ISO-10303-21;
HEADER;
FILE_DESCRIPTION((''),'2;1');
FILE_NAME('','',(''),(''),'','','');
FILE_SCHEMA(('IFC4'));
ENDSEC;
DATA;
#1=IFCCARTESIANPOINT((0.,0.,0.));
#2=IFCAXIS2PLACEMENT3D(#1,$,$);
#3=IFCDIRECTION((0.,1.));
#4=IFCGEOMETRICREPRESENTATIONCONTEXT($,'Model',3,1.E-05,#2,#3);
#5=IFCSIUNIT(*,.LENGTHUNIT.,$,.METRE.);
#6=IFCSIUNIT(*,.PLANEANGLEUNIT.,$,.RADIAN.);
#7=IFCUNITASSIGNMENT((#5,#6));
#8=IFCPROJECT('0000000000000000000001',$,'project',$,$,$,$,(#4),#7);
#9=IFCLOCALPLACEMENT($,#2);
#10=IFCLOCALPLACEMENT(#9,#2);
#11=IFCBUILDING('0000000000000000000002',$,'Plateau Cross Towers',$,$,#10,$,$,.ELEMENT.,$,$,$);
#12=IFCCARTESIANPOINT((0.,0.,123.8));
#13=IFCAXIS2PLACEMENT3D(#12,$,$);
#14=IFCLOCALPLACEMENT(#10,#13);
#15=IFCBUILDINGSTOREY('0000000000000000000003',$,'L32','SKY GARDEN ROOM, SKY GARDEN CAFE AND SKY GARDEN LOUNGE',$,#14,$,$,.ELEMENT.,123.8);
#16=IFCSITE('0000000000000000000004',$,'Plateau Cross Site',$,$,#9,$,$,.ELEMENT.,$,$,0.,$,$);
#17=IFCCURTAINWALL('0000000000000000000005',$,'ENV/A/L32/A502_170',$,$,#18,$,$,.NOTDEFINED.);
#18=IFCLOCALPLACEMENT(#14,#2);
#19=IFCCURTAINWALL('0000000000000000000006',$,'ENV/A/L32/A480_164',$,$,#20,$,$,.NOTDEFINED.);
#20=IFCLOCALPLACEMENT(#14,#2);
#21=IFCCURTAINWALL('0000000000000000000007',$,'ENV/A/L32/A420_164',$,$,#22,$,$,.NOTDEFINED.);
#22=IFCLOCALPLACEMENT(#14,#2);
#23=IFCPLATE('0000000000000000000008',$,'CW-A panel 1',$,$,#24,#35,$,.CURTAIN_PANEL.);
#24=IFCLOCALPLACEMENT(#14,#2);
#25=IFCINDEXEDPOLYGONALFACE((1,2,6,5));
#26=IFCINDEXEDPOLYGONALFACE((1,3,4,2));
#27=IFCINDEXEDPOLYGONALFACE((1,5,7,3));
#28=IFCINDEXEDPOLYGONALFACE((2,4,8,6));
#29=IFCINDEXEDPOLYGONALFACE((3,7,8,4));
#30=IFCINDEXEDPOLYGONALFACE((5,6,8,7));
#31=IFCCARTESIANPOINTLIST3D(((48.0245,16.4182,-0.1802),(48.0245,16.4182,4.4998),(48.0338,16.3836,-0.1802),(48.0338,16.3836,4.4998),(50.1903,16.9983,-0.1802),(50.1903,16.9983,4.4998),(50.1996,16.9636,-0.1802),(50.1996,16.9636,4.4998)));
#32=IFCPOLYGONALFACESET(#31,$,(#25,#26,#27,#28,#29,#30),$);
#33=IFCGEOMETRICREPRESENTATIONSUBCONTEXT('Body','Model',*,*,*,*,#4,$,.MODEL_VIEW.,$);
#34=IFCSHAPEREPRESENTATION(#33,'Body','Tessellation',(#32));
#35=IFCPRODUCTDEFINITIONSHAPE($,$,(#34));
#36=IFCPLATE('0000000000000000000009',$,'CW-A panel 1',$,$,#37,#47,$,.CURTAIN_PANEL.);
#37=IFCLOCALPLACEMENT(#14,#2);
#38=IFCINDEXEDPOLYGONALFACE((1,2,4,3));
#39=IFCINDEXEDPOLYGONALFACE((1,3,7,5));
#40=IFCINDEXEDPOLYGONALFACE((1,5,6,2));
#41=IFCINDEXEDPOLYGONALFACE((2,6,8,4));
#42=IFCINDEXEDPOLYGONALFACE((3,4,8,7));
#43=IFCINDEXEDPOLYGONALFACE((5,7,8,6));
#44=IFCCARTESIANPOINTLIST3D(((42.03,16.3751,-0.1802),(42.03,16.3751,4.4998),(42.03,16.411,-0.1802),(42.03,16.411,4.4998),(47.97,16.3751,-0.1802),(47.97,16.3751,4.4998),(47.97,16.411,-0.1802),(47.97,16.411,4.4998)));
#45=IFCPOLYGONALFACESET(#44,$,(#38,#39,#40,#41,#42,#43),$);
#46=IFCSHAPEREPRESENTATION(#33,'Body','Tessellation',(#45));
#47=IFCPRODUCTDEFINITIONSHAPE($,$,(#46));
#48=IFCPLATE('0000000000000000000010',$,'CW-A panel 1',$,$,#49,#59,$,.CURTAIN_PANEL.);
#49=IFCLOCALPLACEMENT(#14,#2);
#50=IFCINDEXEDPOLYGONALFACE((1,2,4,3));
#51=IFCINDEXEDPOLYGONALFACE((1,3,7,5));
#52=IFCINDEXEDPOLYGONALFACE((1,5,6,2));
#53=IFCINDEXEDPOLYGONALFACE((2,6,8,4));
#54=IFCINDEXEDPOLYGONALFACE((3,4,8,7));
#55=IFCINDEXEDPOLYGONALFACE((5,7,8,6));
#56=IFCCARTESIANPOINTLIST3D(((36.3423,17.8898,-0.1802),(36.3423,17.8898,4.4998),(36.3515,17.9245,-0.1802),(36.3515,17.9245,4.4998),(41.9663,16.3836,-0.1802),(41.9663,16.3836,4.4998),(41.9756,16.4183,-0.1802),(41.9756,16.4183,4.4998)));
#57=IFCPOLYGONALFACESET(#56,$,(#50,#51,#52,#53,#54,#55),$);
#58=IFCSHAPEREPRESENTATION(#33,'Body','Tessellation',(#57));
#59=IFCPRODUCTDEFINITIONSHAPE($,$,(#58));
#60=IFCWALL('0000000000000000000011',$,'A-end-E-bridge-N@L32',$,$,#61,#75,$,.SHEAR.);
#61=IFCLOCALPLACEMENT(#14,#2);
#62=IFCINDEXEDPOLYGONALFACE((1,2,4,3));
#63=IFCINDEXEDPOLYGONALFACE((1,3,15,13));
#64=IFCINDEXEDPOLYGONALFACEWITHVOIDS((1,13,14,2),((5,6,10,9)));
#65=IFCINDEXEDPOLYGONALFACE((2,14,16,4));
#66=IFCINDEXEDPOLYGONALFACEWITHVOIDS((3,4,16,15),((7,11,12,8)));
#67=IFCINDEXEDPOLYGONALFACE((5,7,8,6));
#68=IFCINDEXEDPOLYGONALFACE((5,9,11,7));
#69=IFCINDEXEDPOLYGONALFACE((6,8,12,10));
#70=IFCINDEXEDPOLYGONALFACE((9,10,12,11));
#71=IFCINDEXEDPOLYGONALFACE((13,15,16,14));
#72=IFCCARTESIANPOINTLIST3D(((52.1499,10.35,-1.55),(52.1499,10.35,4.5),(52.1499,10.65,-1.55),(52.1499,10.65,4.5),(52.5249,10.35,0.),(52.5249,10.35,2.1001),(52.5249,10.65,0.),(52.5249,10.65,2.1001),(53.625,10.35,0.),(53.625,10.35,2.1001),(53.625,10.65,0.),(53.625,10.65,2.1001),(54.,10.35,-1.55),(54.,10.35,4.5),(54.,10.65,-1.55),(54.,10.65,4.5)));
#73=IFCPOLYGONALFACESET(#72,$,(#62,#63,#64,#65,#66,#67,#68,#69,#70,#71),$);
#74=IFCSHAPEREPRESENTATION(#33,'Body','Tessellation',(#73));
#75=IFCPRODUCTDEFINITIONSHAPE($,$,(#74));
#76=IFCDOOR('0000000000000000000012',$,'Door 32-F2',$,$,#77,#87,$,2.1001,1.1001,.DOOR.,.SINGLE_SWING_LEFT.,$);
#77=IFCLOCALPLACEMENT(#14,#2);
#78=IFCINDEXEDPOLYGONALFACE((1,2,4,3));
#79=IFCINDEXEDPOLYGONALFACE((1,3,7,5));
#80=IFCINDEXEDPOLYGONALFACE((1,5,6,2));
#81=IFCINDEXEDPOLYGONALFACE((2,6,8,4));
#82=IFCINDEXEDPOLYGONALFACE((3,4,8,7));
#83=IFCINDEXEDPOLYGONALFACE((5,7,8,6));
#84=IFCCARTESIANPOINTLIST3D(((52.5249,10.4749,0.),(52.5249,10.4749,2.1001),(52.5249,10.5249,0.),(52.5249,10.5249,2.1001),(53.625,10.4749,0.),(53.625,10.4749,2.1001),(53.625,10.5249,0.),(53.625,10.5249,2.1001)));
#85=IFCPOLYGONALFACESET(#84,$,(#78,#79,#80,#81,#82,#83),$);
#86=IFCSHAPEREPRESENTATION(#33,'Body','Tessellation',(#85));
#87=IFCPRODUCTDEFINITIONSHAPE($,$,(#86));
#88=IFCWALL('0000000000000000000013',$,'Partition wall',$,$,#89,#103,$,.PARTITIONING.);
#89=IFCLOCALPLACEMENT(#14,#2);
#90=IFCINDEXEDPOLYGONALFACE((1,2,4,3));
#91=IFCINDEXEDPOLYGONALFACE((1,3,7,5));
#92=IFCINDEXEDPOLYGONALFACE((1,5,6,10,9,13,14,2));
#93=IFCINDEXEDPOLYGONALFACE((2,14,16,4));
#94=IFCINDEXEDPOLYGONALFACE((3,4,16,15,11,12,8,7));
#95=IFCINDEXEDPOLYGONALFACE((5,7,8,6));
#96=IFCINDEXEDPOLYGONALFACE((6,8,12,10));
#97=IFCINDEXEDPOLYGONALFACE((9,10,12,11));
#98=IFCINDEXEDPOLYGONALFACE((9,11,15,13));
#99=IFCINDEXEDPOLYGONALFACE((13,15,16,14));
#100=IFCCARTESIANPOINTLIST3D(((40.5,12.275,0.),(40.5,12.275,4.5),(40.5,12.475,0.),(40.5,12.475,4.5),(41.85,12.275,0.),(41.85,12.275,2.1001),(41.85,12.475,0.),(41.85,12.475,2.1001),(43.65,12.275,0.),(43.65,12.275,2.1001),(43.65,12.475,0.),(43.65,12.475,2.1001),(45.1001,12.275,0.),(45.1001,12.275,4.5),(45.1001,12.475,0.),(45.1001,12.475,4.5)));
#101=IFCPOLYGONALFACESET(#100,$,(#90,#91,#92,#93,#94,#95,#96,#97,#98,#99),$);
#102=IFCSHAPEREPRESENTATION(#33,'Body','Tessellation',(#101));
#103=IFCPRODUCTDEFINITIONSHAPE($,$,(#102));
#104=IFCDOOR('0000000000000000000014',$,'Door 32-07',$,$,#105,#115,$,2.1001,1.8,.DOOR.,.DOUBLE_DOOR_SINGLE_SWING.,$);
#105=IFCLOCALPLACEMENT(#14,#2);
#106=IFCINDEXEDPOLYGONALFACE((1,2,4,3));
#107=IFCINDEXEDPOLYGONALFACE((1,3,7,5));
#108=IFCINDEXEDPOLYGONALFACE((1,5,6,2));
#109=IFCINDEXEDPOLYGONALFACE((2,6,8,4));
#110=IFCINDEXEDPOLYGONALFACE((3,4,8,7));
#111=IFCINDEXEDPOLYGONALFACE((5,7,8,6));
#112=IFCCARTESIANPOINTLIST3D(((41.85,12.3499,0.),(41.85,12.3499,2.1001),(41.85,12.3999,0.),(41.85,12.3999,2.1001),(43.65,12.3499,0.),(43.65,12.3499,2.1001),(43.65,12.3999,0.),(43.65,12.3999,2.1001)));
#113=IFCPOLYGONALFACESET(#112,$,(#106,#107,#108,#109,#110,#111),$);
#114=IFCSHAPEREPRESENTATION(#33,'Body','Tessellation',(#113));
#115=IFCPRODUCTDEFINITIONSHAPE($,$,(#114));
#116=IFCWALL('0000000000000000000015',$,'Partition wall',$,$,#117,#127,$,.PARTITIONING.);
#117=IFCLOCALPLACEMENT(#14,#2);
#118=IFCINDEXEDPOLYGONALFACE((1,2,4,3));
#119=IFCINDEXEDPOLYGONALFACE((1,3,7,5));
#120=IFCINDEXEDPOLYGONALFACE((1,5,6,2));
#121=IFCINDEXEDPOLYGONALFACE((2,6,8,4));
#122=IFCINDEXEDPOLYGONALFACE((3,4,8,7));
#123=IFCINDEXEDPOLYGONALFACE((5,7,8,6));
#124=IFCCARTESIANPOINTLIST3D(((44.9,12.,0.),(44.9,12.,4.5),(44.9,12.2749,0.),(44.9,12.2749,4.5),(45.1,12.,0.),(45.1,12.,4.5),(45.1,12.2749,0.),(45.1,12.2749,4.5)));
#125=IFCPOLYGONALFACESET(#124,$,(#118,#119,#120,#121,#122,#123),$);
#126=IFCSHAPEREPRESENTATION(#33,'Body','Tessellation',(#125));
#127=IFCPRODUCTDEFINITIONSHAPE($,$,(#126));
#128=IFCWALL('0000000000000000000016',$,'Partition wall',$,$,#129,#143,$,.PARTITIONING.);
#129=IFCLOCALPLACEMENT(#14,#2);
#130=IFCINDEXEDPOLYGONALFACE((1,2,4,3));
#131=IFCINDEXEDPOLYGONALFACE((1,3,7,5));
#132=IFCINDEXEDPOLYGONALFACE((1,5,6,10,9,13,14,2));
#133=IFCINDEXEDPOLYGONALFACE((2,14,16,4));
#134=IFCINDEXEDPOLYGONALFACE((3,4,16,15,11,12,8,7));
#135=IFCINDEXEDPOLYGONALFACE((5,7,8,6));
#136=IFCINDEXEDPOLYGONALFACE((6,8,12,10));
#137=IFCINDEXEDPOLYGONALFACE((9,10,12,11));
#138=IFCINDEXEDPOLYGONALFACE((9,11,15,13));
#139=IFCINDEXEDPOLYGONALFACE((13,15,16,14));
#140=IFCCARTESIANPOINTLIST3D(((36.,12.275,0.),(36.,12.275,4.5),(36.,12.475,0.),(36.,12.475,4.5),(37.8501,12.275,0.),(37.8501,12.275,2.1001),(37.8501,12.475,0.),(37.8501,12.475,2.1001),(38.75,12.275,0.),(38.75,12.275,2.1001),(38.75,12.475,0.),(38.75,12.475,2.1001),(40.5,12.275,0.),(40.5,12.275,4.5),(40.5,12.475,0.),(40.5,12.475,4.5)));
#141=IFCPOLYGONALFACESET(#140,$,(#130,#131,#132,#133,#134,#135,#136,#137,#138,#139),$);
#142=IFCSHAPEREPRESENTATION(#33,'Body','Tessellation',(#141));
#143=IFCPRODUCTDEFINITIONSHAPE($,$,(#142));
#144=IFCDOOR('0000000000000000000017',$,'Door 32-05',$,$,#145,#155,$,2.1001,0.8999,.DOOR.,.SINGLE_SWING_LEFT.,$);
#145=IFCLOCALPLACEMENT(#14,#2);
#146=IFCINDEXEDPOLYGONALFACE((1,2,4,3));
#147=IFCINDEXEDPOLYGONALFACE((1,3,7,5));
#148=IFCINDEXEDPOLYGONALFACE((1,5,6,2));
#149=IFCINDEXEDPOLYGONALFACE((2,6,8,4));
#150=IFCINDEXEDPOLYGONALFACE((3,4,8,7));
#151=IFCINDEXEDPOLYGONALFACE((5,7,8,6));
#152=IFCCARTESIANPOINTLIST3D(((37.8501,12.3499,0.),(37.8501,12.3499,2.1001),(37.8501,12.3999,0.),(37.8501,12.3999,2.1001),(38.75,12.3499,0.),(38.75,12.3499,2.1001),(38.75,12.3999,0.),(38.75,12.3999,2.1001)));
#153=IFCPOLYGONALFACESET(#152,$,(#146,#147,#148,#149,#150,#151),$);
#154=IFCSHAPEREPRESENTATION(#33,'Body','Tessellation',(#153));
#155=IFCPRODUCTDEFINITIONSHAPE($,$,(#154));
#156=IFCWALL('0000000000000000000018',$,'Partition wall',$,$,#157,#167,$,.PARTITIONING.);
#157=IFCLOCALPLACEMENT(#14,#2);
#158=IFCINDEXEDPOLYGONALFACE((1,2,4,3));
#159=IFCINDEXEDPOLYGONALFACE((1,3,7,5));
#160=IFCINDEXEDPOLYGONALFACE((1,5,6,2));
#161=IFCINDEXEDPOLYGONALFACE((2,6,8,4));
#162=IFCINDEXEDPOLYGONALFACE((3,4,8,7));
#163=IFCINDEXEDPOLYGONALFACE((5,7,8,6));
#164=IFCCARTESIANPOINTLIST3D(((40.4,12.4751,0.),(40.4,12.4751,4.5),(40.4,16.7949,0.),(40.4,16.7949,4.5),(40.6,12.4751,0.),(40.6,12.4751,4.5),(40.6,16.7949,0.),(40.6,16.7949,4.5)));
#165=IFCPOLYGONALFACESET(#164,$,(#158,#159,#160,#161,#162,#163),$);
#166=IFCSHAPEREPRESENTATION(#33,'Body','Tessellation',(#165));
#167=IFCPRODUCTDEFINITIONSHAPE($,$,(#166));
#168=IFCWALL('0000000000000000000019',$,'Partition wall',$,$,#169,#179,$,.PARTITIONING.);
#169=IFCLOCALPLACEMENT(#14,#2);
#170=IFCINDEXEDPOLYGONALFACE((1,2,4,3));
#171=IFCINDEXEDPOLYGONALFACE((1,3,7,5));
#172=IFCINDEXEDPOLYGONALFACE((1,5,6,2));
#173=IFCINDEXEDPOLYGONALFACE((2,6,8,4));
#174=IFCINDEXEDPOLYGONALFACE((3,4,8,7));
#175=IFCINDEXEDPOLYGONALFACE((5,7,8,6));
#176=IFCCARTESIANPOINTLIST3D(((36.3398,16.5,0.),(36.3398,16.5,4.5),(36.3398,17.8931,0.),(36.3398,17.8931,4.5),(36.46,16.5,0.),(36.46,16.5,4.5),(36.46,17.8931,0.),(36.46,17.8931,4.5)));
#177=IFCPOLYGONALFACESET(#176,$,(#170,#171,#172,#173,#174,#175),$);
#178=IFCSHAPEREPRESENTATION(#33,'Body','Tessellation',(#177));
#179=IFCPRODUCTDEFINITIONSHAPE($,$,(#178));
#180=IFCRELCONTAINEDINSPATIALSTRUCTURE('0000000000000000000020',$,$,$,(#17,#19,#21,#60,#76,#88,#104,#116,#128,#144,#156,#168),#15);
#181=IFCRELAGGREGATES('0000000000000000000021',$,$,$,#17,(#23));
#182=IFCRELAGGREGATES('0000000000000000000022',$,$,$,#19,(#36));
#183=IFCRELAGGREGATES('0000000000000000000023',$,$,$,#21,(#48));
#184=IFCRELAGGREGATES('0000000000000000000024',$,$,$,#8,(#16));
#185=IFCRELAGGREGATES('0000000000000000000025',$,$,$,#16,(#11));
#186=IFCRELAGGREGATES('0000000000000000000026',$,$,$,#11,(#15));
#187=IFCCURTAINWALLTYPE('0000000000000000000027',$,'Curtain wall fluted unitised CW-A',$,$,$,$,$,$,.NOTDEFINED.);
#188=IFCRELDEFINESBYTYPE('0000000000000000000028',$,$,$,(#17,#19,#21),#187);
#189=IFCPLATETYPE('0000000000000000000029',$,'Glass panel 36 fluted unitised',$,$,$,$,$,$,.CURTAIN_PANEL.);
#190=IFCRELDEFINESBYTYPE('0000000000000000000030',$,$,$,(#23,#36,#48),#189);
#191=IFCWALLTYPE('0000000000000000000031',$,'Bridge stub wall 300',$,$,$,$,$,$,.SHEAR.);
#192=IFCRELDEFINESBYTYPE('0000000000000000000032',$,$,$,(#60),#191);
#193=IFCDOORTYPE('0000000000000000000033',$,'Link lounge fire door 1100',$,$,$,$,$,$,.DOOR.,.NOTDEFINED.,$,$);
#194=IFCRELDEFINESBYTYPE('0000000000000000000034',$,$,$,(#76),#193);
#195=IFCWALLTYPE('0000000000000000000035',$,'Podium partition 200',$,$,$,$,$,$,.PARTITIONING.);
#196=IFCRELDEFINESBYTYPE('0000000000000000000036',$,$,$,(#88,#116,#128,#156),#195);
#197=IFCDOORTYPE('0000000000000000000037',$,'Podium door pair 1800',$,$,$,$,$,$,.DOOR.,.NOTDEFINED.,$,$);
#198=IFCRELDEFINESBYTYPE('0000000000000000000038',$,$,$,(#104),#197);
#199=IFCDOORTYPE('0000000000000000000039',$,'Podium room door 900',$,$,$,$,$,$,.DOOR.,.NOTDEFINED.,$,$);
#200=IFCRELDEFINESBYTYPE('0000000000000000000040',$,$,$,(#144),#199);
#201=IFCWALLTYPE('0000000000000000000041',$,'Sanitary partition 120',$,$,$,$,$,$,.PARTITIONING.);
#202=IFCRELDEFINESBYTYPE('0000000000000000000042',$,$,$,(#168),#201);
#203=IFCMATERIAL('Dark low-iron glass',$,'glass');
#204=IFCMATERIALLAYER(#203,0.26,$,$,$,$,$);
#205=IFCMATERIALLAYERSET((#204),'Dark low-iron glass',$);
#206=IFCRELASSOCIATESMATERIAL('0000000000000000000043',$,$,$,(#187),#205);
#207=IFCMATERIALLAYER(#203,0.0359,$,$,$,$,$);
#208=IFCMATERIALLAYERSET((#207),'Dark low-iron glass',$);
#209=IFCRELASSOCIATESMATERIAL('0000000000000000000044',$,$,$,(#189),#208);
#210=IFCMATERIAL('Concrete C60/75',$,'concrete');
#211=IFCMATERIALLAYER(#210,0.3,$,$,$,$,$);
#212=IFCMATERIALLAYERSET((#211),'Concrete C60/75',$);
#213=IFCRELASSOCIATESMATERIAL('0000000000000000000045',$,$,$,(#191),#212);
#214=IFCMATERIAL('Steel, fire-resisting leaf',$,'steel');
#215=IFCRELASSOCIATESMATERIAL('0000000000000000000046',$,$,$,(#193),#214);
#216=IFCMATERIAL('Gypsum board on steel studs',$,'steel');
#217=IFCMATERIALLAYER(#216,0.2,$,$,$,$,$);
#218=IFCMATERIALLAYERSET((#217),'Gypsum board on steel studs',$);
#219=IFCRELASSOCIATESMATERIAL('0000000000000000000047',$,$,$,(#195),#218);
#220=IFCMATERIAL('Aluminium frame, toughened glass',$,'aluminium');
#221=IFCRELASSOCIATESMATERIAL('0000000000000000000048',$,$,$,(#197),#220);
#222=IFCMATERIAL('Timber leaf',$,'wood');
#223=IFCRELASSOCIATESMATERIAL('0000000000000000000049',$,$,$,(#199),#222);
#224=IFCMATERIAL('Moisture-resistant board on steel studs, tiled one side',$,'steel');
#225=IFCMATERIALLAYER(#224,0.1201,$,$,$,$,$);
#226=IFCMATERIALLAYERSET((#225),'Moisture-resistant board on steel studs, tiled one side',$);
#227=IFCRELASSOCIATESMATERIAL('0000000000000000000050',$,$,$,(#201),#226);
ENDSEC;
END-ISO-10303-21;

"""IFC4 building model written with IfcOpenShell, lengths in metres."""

from ifc_helpers import new_model, si_unit, direction, frame, frame_2d, origin, origin_2d, place, context, subcontext, project, spatial, rectangle, extrude, material, layer, layer_set, type_object, element, fill, aggregate, save


model = new_model("IFC4")

# Units and contexts
model_context = context("Model", 3, precision=1e-05, world=origin(), true_north=direction((0.0, 1.0)))
body_context = subcontext(model_context, "Body", "Model", "MODEL_VIEW")
ifc_project = project(units=[si_unit("LENGTHUNIT", "METRE"), si_unit("PLANEANGLEUNIT", "RADIAN")], contexts=[model_context])

# Site, building, storey
site_placement = place(None, origin())
site = spatial("IfcSite", under=ifc_project, at=site_placement, Name="Plateau Cross Site", CompositionType="ELEMENT", RefElevation=0.0)
building_placement = place(site_placement, origin())
building = spatial("IfcBuilding", under=site, at=building_placement, Name="Plateau Cross Towers", CompositionType="ELEMENT")
storey_placement = place(building_placement, frame((0.0, 0.0, 123.8)))
storey = spatial("IfcBuildingStorey", under=building, at=storey_placement, Name="L32", Description="SKY GARDEN ROOM, SKY GARDEN CAFE AND SKY GARDEN LOUNGE", CompositionType="ELEMENT", Elevation=123.8)

# Shared definitions
ifc_material_1 = material(Name="Concrete C60/75", Category="concrete")

# Curtain walls
ifc_material_2 = material(Name="Dark low-iron glass", Category="glass")
ifc_layer_1 = layer(ifc_material_2, 0.26)
ifc_layer_set_1 = layer_set([ifc_layer_1], Name="Dark low-iron glass")
curtain_wall_type_1 = type_object("IfcCurtainWallType", Name="Curtain wall fluted unitised CW-A", PredefinedType="NOTDEFINED", material=ifc_layer_set_1)
curtain_wall_1_placement = place(storey_placement, origin())
curtain_wall_1 = element("IfcCurtainWall", 1, at=curtain_wall_1_placement, inside=storey, type_object=curtain_wall_type_1, Name="ENV/A/L32/A502_170", PredefinedType="NOTDEFINED")
curtain_wall_2_placement = place(storey_placement, origin())
curtain_wall_2 = element("IfcCurtainWall", 2, at=curtain_wall_2_placement, inside=storey, type_object=curtain_wall_type_1, Name="ENV/A/L32/A480_164", PredefinedType="NOTDEFINED")

# Curtain wall
curtain_wall_3_placement = place(storey_placement, origin())
curtain_wall_3 = element("IfcCurtainWall", 3, at=curtain_wall_3_placement, inside=storey, type_object=curtain_wall_type_1, Name="ENV/A/L32/A420_164", PredefinedType="NOTDEFINED")

# Plates
ifc_layer_2 = layer(ifc_material_2, 0.0359)
ifc_layer_set_2 = layer_set([ifc_layer_2], Name="Dark low-iron glass")
plate_type_1 = type_object("IfcPlateType", Name="Glass panel 36 fluted unitised", PredefinedType="CURTAIN_PANEL", material=ifc_layer_set_2)
plate_1_placement = place(storey_placement, frame((49.1121, 16.6909, -0.1802), z_axis=(0.0, 0.0, 1.0), x_axis=(-0.965958, -0.258699, 0.0)))
plate_1 = element("IfcPlate", 4, at=plate_1_placement, type_object=plate_type_1, Name="CW-A panel 1", PredefinedType="CURTAIN_PANEL", context=body_context, shape_type="SweptSolid", body=[
    extrude(rectangle(XDim=2.2422, YDim=0.0359, at=origin_2d()), origin(), (0.0, 0.0, 1.0), 4.6799),
])
aggregate(curtain_wall_1, [plate_1])
plate_2_placement = place(storey_placement, frame((45.0, 16.3931, -0.1802), z_axis=(0.0, 0.0, 1.0), x_axis=(-1.0, 0.0, 0.0)))
plate_2 = element("IfcPlate", 5, at=plate_2_placement, type_object=plate_type_1, Name="CW-A panel 1", PredefinedType="CURTAIN_PANEL", context=body_context, shape_type="SweptSolid", body=[
    extrude(rectangle(XDim=5.9399, YDim=0.0359, at=origin_2d()), origin(), (0.0, 0.0, 1.0), 4.6799),
])
aggregate(curtain_wall_2, [plate_2])
plate_3_placement = place(storey_placement, frame((39.1589, 17.1541, -0.1802), z_axis=(0.0, 0.0, 1.0), x_axis=(-0.965958, 0.258699, 0.0)))
plate_3 = element("IfcPlate", 6, at=plate_3_placement, type_object=plate_type_1, Name="CW-A panel 1", PredefinedType="CURTAIN_PANEL", context=body_context, shape_type="SweptSolid", body=[
    extrude(rectangle(XDim=5.8223, YDim=0.0359, at=origin_2d()), origin(), (0.0, 0.0, 1.0), 4.6799),
])
aggregate(curtain_wall_3, [plate_3])

# Walls, openings, doors
ifc_layer_3 = layer(ifc_material_1, 0.3)
ifc_layer_set_3 = layer_set([ifc_layer_3], Name="Concrete C60/75")
wall_type_1 = type_object("IfcWallType", Name="Bridge stub wall 300", PredefinedType="SHEAR", material=ifc_layer_set_3)
wall_1_placement = place(storey_placement, frame((52.1499, 10.5, -1.55), z_axis=(0.0, 0.0, 1.0), x_axis=(1.0, 0.0, 0.0)))
wall_1 = element("IfcWall", 7, at=wall_1_placement, inside=storey, type_object=wall_type_1, Name="A-end-E-bridge-N@L32", PredefinedType="SHEAR", context=body_context, shape_type="SweptSolid", body=[
    extrude(rectangle(XDim=1.8501, YDim=0.3, at=frame_2d((0.925, 0.0))), origin(), (0.0, 0.0, 1.0), 6.05),
])
opening_1_placement = place(wall_1_placement, frame((0.375, 0.0, 1.55)))
opening_1 = element("IfcOpeningElement", 8, at=opening_1_placement, cuts=wall_1, PredefinedType="OPENING", context=body_context, shape_type="SweptSolid", body=[
    extrude(rectangle(XDim=1.1001, YDim=2.1001, at=frame_2d((0.55, 1.05))), frame((0.0, 0.1599, 0.0), z_axis=(0.0, -1.0, 0.0), x_axis=(1.0, 0.0, 0.0)), (0.0, 0.0, 1.0), 0.3201),
])
ifc_material_3 = material(Name="Steel, fire-resisting leaf", Category="steel")
door_type_1 = type_object("IfcDoorType", Name="Link lounge fire door 1100", OperationType="NOTDEFINED", PredefinedType="DOOR", material=ifc_material_3)
door_1_placement = place(opening_1_placement, origin())
door_1 = element("IfcDoor", 9, at=door_1_placement, inside=storey, type_object=door_type_1, Name="Door 32-F2", OperationType="SINGLE_SWING_LEFT", OverallHeight=2.1001, OverallWidth=1.1001, PredefinedType="DOOR", context=body_context, shape_type="SweptSolid", body=[
    extrude(rectangle(XDim=1.1001, YDim=2.1001, at=frame_2d((0.55, 1.05))), frame((0.0, 0.0249, 0.0), z_axis=(0.0, -1.0, 0.0), x_axis=(1.0, 0.0, 0.0)), (0.0, 0.0, 1.0), 0.05),
])
fill(opening_1, door_1)
ifc_material_4 = material(Name="Gypsum board on steel studs", Category="steel")
ifc_layer_4 = layer(ifc_material_4, 0.2)
ifc_layer_set_4 = layer_set([ifc_layer_4], Name="Gypsum board on steel studs")
wall_type_2 = type_object("IfcWallType", Name="Podium partition 200", PredefinedType="PARTITIONING", material=ifc_layer_set_4)
wall_2_placement = place(storey_placement, frame((40.5, 12.375, 0.0), z_axis=(0.0, 0.0, 1.0), x_axis=(1.0, 0.0, 0.0)))
wall_2 = element("IfcWall", 10, at=wall_2_placement, inside=storey, type_object=wall_type_2, Name="Partition wall", PredefinedType="PARTITIONING", context=body_context, shape_type="SweptSolid", body=[
    extrude(rectangle(XDim=4.6001, YDim=0.2, at=frame_2d((2.3, 0.0))), origin(), (0.0, 0.0, 1.0), 4.5),
])
opening_2_placement = place(wall_2_placement, frame((1.3501, 0.0, 0.0)))
opening_2 = element("IfcOpeningElement", 11, at=opening_2_placement, cuts=wall_2, PredefinedType="OPENING", context=body_context, shape_type="SweptSolid", body=[
    extrude(rectangle(XDim=1.8, YDim=2.1001, at=frame_2d((0.8999, 1.05))), frame((0.0, 0.1099, 0.0), z_axis=(0.0, -1.0, 0.0), x_axis=(1.0, 0.0, 0.0)), (0.0, 0.0, 1.0), 0.22),
])
ifc_material_5 = material(Name="Aluminium frame, toughened glass", Category="aluminium")
door_type_2 = type_object("IfcDoorType", Name="Podium door pair 1800", OperationType="NOTDEFINED", PredefinedType="DOOR", material=ifc_material_5)
door_2_placement = place(opening_2_placement, origin())
door_2 = element("IfcDoor", 12, at=door_2_placement, inside=storey, type_object=door_type_2, Name="Door 32-07", OperationType="DOUBLE_DOOR_SINGLE_SWING", OverallHeight=2.1001, OverallWidth=1.8, PredefinedType="DOOR", context=body_context, shape_type="SweptSolid", body=[
    extrude(rectangle(XDim=1.8, YDim=2.1001, at=frame_2d((0.8999, 1.05))), frame((0.0, 0.0249, 0.0), z_axis=(0.0, -1.0, 0.0), x_axis=(1.0, 0.0, 0.0)), (0.0, 0.0, 1.0), 0.05),
])
fill(opening_2, door_2)

# Wall
wall_3_placement = place(storey_placement, frame((45.0, 12.2749, 0.0), z_axis=(0.0, 0.0, 1.0), x_axis=(0.0, -1.0, 0.0)))
element("IfcWall", 13, at=wall_3_placement, inside=storey, type_object=wall_type_2, Name="Partition wall", PredefinedType="PARTITIONING", context=body_context, shape_type="SweptSolid", body=[
    extrude(rectangle(XDim=0.2749, YDim=0.2, at=frame_2d((0.1375, 0.0))), origin(), (0.0, 0.0, 1.0), 4.5),
])

# Wall, opening, door
wall_4_placement = place(storey_placement, frame((36.0, 12.375, 0.0), z_axis=(0.0, 0.0, 1.0), x_axis=(1.0, 0.0, 0.0)))
wall_4 = element("IfcWall", 14, at=wall_4_placement, inside=storey, type_object=wall_type_2, Name="Partition wall", PredefinedType="PARTITIONING", context=body_context, shape_type="SweptSolid", body=[
    extrude(rectangle(XDim=4.5, YDim=0.2, at=frame_2d((2.25, 0.0))), origin(), (0.0, 0.0, 1.0), 4.5),
])
opening_3_placement = place(wall_4_placement, frame((1.8501, 0.0, 0.0)))
opening_3 = element("IfcOpeningElement", 15, at=opening_3_placement, cuts=wall_4, PredefinedType="OPENING", context=body_context, shape_type="SweptSolid", body=[
    extrude(rectangle(XDim=0.8999, YDim=2.1001, at=frame_2d((0.45, 1.05))), frame((0.0, 0.1099, 0.0), z_axis=(0.0, -1.0, 0.0), x_axis=(1.0, 0.0, 0.0)), (0.0, 0.0, 1.0), 0.22),
])
ifc_material_6 = material(Name="Timber leaf", Category="wood")
door_type_3 = type_object("IfcDoorType", Name="Podium room door 900", OperationType="NOTDEFINED", PredefinedType="DOOR", material=ifc_material_6)
door_3_placement = place(opening_3_placement, origin())
door_3 = element("IfcDoor", 16, at=door_3_placement, inside=storey, type_object=door_type_3, Name="Door 32-05", OperationType="SINGLE_SWING_LEFT", OverallHeight=2.1001, OverallWidth=0.8999, PredefinedType="DOOR", context=body_context, shape_type="SweptSolid", body=[
    extrude(rectangle(XDim=0.8999, YDim=2.1001, at=frame_2d((0.45, 1.05))), frame((0.0, 0.0249, 0.0), z_axis=(0.0, -1.0, 0.0), x_axis=(1.0, 0.0, 0.0)), (0.0, 0.0, 1.0), 0.05),
])
fill(opening_3, door_3)

# Walls
wall_5_placement = place(storey_placement, frame((40.5, 16.7949, 0.0), z_axis=(0.0, 0.0, 1.0), x_axis=(0.0, -1.0, 0.0)))
element("IfcWall", 17, at=wall_5_placement, inside=storey, type_object=wall_type_2, Name="Partition wall", PredefinedType="PARTITIONING", context=body_context, shape_type="SweptSolid", body=[
    extrude(rectangle(XDim=4.3198, YDim=0.2, at=frame_2d((2.1599, 0.0))), origin(), (0.0, 0.0, 1.0), 4.5),
])
ifc_material_7 = material(Name="Moisture-resistant board on steel studs, tiled one side", Category="steel")
ifc_layer_5 = layer(ifc_material_7, 0.1201)
ifc_layer_set_5 = layer_set([ifc_layer_5], Name="Moisture-resistant board on steel studs, tiled one side")
wall_type_3 = type_object("IfcWallType", Name="Sanitary partition 120", PredefinedType="PARTITIONING", material=ifc_layer_set_5)
wall_6_placement = place(storey_placement, frame((36.3999, 17.8931, 0.0), z_axis=(0.0, 0.0, 1.0), x_axis=(0.0, -1.0, 0.0)))
element("IfcWall", 18, at=wall_6_placement, inside=storey, type_object=wall_type_3, Name="Partition wall", PredefinedType="PARTITIONING", context=body_context, shape_type="SweptSolid", body=[
    extrude(rectangle(XDim=1.3931, YDim=0.1201, at=frame_2d((0.6965, 0.0))), origin(), (0.0, 0.0, 1.0), 4.5),
])

save(model, "model.ifc")
